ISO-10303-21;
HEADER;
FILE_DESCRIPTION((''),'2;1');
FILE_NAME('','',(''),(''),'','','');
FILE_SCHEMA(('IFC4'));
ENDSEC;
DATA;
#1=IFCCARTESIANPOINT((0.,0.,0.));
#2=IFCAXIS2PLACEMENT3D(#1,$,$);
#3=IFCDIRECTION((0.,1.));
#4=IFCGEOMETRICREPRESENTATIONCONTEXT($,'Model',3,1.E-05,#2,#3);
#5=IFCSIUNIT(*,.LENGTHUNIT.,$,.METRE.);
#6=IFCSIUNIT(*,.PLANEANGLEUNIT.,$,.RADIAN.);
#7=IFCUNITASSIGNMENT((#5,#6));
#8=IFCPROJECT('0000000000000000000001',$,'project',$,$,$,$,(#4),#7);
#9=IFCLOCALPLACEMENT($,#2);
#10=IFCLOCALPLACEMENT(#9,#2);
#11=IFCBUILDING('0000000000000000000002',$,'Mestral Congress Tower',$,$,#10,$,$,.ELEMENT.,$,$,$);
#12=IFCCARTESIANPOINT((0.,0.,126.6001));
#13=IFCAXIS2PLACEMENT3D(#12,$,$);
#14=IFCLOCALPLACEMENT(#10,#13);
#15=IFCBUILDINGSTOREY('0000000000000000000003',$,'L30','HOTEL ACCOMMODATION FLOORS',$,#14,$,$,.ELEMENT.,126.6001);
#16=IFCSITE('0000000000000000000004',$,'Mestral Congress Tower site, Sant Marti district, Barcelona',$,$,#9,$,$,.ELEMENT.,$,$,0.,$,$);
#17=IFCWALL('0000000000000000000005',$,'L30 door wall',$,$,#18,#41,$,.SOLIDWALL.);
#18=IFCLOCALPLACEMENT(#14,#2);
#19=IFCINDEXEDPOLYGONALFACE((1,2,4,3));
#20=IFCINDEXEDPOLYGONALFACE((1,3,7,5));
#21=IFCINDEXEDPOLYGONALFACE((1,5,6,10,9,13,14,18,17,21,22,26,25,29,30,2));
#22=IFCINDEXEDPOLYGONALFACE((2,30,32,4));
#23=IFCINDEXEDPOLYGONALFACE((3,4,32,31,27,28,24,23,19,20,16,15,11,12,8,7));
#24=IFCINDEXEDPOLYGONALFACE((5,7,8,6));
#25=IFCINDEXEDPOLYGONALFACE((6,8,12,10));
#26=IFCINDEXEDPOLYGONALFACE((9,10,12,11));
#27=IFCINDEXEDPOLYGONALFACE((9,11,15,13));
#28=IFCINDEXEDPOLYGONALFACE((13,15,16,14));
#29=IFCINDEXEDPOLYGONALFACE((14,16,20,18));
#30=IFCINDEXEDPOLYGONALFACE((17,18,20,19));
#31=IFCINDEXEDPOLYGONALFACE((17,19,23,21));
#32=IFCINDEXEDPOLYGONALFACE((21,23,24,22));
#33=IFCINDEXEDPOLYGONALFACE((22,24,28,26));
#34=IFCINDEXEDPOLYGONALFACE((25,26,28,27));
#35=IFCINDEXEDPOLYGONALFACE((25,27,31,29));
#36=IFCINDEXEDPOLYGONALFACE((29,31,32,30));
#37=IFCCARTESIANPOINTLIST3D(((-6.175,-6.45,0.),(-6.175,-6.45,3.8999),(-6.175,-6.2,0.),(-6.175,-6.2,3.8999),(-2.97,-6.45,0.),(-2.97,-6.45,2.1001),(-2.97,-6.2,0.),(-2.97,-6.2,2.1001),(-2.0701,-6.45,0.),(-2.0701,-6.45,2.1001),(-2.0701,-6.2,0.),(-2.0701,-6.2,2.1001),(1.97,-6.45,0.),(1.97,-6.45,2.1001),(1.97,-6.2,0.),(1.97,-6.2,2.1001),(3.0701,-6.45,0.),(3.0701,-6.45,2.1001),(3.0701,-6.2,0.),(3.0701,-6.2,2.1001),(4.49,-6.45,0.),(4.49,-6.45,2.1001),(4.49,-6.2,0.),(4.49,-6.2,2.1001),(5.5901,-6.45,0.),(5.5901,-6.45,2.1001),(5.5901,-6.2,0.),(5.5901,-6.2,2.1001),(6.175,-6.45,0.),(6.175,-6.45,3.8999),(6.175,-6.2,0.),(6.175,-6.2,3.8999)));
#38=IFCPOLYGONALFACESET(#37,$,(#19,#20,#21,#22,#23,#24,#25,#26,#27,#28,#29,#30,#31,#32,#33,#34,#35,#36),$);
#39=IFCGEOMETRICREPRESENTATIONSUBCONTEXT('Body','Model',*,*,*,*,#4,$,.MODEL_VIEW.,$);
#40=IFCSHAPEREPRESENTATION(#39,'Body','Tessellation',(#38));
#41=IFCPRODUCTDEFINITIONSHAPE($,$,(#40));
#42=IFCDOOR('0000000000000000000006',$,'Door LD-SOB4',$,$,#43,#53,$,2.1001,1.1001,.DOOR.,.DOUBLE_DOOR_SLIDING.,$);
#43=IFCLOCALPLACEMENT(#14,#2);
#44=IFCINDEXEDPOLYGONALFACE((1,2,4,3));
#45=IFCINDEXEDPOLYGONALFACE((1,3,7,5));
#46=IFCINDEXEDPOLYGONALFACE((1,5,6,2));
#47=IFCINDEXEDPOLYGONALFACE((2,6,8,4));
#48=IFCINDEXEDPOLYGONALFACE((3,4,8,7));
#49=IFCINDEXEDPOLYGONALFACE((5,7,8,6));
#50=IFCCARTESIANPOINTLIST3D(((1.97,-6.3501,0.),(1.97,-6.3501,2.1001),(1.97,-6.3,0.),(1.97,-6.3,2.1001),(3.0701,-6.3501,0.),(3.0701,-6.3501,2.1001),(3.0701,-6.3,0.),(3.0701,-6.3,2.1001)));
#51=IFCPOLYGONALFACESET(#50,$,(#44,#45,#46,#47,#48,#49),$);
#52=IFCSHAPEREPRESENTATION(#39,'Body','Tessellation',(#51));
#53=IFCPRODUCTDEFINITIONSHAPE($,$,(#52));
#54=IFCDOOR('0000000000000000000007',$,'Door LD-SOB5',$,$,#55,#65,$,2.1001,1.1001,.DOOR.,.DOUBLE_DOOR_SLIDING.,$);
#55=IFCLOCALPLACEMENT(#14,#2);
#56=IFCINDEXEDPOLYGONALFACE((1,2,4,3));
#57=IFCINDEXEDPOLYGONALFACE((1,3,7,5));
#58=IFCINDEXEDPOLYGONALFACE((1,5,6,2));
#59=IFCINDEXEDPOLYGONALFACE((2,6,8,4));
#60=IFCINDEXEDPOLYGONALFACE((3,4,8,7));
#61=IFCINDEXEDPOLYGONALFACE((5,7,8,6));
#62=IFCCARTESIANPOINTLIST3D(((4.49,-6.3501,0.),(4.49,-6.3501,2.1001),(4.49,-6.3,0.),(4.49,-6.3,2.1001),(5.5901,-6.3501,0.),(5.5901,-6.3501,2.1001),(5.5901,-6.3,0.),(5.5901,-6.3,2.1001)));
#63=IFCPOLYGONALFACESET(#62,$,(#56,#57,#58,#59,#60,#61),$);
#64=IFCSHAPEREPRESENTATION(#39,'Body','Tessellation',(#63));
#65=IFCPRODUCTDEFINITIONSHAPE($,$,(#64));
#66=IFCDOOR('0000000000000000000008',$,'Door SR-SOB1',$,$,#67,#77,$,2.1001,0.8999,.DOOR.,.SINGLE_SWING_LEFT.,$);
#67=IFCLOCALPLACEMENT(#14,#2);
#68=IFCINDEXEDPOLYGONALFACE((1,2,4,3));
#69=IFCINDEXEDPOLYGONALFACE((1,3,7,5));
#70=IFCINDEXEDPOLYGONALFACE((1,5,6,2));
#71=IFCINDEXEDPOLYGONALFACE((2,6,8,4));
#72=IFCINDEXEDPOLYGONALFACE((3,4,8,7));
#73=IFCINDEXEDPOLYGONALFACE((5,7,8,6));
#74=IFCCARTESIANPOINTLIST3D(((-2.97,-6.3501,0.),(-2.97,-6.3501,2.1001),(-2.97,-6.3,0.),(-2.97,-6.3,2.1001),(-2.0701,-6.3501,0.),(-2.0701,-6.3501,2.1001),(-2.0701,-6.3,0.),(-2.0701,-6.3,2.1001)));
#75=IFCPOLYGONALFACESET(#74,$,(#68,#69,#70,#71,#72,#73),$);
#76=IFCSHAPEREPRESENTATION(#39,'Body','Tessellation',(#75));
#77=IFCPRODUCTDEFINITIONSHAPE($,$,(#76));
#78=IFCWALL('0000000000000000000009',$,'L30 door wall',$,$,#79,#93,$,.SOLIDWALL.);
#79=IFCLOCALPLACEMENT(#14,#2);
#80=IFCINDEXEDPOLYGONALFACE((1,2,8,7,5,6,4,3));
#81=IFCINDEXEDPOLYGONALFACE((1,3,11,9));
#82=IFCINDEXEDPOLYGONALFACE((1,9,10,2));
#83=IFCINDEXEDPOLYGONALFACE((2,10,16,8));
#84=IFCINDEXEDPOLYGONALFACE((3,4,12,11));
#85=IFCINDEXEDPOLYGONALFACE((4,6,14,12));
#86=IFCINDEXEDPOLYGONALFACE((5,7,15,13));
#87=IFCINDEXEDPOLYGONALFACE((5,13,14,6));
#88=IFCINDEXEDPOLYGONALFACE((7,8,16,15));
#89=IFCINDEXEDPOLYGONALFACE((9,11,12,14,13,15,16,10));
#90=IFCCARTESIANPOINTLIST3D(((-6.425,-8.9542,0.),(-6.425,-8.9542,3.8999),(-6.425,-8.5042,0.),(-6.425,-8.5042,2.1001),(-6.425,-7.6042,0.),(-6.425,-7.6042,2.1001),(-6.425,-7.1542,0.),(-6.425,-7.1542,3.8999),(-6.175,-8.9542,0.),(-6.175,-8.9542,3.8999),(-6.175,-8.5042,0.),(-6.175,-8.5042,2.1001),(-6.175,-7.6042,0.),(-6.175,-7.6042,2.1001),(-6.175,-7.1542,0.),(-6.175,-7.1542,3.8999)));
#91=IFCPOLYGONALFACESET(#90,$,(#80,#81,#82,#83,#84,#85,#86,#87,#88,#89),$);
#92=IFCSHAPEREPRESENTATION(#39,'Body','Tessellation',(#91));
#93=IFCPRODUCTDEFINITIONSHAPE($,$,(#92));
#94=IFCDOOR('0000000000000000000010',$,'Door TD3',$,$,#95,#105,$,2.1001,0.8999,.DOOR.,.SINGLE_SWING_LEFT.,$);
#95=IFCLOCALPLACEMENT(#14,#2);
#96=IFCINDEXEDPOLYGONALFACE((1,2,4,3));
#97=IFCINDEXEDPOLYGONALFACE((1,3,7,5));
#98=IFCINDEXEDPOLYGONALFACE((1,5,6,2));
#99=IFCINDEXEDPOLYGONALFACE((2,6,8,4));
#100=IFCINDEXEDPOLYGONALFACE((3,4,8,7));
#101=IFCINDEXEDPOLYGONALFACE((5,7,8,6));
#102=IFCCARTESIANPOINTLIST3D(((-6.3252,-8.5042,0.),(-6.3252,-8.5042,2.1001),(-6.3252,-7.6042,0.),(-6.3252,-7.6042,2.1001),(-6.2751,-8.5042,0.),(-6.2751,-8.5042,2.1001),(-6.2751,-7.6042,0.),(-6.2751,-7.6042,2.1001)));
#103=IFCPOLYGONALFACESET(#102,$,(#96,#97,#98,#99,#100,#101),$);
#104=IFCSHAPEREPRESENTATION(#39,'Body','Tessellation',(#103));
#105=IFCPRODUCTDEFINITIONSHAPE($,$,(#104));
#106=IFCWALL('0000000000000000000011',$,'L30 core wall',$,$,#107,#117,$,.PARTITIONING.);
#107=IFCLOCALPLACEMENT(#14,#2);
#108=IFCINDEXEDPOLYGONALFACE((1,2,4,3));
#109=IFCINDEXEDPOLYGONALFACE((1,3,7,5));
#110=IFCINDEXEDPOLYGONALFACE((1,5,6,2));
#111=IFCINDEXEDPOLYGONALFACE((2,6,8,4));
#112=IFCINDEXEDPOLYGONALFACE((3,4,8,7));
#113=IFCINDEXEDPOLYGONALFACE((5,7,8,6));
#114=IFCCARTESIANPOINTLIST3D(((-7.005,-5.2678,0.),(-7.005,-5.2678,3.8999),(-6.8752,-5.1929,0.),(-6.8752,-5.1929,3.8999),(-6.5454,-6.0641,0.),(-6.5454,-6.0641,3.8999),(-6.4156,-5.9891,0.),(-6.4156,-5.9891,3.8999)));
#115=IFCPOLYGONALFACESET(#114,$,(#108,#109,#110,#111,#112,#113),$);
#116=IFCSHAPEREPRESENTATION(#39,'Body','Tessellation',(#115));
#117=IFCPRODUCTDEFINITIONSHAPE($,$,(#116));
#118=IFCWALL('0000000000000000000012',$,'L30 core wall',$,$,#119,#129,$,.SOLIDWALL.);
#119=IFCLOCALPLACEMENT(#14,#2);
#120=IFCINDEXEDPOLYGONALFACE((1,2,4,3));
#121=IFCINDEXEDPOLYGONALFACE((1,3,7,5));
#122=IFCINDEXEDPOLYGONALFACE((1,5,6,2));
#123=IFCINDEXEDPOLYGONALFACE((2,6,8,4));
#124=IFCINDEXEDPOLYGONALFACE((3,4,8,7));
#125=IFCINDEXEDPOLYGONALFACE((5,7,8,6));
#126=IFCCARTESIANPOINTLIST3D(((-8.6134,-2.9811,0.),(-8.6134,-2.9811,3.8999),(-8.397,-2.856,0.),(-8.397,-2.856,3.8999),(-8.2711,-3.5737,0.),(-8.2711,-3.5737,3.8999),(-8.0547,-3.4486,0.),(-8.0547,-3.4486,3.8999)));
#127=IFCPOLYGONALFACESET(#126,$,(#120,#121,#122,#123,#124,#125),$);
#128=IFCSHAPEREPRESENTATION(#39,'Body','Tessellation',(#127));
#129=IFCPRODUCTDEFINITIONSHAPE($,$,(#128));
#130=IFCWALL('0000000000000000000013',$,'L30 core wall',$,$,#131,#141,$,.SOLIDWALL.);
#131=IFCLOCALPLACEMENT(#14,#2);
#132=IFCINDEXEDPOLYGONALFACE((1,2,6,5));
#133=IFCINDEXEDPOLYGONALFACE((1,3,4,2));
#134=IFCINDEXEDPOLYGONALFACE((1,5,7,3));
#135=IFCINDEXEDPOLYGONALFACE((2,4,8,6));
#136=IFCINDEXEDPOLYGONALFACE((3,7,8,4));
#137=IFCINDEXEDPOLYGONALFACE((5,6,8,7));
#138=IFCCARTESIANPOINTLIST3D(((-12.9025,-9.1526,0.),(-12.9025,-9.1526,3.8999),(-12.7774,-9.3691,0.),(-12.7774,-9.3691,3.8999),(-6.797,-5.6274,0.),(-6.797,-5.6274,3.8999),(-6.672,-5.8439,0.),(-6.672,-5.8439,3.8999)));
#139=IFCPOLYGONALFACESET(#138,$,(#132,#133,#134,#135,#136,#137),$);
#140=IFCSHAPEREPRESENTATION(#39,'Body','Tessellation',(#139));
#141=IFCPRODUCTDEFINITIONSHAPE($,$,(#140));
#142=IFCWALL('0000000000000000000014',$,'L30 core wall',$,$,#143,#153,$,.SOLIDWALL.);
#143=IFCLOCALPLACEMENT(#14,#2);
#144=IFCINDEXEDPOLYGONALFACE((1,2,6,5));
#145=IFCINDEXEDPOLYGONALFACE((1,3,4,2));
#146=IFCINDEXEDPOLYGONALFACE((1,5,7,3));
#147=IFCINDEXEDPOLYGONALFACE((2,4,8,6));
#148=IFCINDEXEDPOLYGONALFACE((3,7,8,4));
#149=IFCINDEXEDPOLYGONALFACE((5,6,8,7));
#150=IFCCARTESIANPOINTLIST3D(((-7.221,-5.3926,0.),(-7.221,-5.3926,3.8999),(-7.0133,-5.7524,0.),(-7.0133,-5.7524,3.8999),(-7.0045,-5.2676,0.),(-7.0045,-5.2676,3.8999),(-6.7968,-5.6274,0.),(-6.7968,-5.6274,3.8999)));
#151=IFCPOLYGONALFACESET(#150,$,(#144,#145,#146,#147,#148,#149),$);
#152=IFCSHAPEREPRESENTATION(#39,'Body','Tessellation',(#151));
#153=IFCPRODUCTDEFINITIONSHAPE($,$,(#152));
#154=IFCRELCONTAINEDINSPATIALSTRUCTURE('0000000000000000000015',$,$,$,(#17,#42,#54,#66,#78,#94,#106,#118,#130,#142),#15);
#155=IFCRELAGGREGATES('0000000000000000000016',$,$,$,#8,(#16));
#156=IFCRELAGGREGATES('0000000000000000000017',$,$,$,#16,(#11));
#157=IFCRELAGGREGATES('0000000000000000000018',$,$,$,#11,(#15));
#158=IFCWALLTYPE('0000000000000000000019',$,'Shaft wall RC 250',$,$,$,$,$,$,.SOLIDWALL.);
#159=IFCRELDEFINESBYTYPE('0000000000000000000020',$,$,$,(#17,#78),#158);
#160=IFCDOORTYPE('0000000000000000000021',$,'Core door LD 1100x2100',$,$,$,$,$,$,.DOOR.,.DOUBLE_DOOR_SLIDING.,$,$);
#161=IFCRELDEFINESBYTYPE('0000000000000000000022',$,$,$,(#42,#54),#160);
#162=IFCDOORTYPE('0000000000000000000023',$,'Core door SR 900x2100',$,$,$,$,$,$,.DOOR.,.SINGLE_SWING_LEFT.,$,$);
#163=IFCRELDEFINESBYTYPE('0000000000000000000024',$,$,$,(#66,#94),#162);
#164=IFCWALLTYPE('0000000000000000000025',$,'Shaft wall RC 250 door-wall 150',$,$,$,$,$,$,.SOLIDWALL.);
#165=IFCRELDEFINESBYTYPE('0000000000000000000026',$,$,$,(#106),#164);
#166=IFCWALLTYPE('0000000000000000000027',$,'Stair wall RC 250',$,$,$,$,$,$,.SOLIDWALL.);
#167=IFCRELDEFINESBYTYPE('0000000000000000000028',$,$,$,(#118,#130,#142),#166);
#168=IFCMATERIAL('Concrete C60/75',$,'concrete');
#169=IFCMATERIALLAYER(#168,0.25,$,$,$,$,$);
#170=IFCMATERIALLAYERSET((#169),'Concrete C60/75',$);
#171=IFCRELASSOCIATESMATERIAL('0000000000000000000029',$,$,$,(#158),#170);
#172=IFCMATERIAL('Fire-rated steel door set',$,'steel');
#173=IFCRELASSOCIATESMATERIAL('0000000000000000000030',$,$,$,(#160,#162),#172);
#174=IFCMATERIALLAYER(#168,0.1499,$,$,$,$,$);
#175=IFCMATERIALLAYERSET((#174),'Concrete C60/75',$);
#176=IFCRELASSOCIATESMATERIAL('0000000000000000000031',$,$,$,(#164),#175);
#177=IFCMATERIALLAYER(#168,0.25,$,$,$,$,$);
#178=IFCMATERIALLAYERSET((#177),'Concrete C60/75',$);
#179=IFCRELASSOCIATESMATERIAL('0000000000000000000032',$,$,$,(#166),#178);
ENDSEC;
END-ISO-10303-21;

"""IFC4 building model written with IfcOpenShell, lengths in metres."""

from ifc_helpers import new_model, si_unit, direction, frame, frame_2d, origin, place, context, subcontext, project, spatial, rectangle, extrude, material, layer, layer_set, type_object, element, fill, save


model = new_model("IFC4")

# Units and contexts
model_context = context("Model", 3, precision=1e-05, world=origin(), true_north=direction((0.0, 1.0)))
body_context = subcontext(model_context, "Body", "Model", "MODEL_VIEW")
ifc_project = project(units=[si_unit("LENGTHUNIT", "METRE"), si_unit("PLANEANGLEUNIT", "RADIAN")], contexts=[model_context])

# Site, building, storey
site_placement = place(None, origin())
site = spatial("IfcSite", under=ifc_project, at=site_placement, Name="Mestral Congress Tower site, Sant Marti district, Barcelona", CompositionType="ELEMENT", RefElevation=0.0)
building_placement = place(site_placement, origin())
building = spatial("IfcBuilding", under=site, at=building_placement, Name="Mestral Congress Tower", CompositionType="ELEMENT")
storey_placement = place(building_placement, frame((0.0, 0.0, 126.6001)))
storey = spatial("IfcBuildingStorey", under=building, at=storey_placement, Name="L30", Description="HOTEL ACCOMMODATION FLOORS", CompositionType="ELEMENT", Elevation=126.6001)

# Shared definitions
ifc_material_1 = material(Name="Fire-rated steel door set", Category="steel")

# Shared definitions
ifc_material_2 = material(Name="Concrete C60/75", Category="concrete")
ifc_layer_1 = layer(ifc_material_2, 0.25)
ifc_layer_set_1 = layer_set([ifc_layer_1], Name="Concrete C60/75")
wall_type_1 = type_object("IfcWallType", Name="Shaft wall RC 250", PredefinedType="SOLIDWALL", material=ifc_layer_set_1)

# Wall, openings, doors
wall_1_placement = place(storey_placement, frame((-6.175, -6.325, 0.0), z_axis=(0.0, 0.0, 1.0), x_axis=(1.0, 0.0, 0.0)))
wall_1 = element("IfcWall", 1, at=wall_1_placement, inside=storey, type_object=wall_type_1, Name="L30 door wall", PredefinedType="SOLIDWALL", context=body_context, shape_type="SweptSolid", body=[
    extrude(rectangle(XDim=12.3501, YDim=0.25, at=frame_2d((6.175, 0.0))), origin(), (0.0, 0.0, 1.0), 3.8999),
])
opening_1_placement = place(wall_1_placement, frame((3.2051, 0.0, 0.0)))
opening_1 = element("IfcOpeningElement", 2, at=opening_1_placement, cuts=wall_1, PredefinedType="OPENING", context=body_context, shape_type="SweptSolid", body=[
    extrude(rectangle(XDim=0.8999, YDim=2.1001, at=frame_2d((0.45, 1.05))), frame((0.0, 0.135, 0.0), z_axis=(0.0, -1.0, 0.0), x_axis=(1.0, 0.0, 0.0)), (0.0, 0.0, 1.0), 0.27),
])
opening_2_placement = place(wall_1_placement, frame((8.145, 0.0, 0.0)))
opening_2 = element("IfcOpeningElement", 3, at=opening_2_placement, cuts=wall_1, PredefinedType="OPENING", context=body_context, shape_type="SweptSolid", body=[
    extrude(rectangle(XDim=1.1001, YDim=2.1001, at=frame_2d((0.55, 1.05))), frame((0.0, 0.135, 0.0), z_axis=(0.0, -1.0, 0.0), x_axis=(1.0, 0.0, 0.0)), (0.0, 0.0, 1.0), 0.27),
])
opening_3_placement = place(wall_1_placement, frame((10.665, 0.0, 0.0)))
opening_3 = element("IfcOpeningElement", 4, at=opening_3_placement, cuts=wall_1, PredefinedType="OPENING", context=body_context, shape_type="SweptSolid", body=[
    extrude(rectangle(XDim=1.1001, YDim=2.1001, at=frame_2d((0.55, 1.05))), frame((0.0, 0.135, 0.0), z_axis=(0.0, -1.0, 0.0), x_axis=(1.0, 0.0, 0.0)), (0.0, 0.0, 1.0), 0.27),
])
door_type_1 = type_object("IfcDoorType", Name="Core door LD 1100x2100", OperationType="DOUBLE_DOOR_SLIDING", PredefinedType="DOOR", material=ifc_material_1)
door_1_placement = place(opening_2_placement, origin())
door_1 = element("IfcDoor", 5, at=door_1_placement, inside=storey, type_object=door_type_1, Name="Door LD-SOB4", OperationType="DOUBLE_DOOR_SLIDING", OverallHeight=2.1001, OverallWidth=1.1001, PredefinedType="DOOR", context=body_context, shape_type="SweptSolid", body=[
    extrude(rectangle(XDim=1.1001, YDim=2.1001, at=frame_2d((0.55, 1.05))), frame((0.0, 0.0249, 0.0), z_axis=(0.0, -1.0, 0.0), x_axis=(1.0, 0.0, 0.0)), (0.0, 0.0, 1.0), 0.05),
])
fill(opening_2, door_1)
door_2_placement = place(opening_3_placement, origin())
door_2 = element("IfcDoor", 6, at=door_2_placement, inside=storey, type_object=door_type_1, Name="Door LD-SOB5", OperationType="DOUBLE_DOOR_SLIDING", OverallHeight=2.1001, OverallWidth=1.1001, PredefinedType="DOOR", context=body_context, shape_type="SweptSolid", body=[
    extrude(rectangle(XDim=1.1001, YDim=2.1001, at=frame_2d((0.55, 1.05))), frame((0.0, 0.0249, 0.0), z_axis=(0.0, -1.0, 0.0), x_axis=(1.0, 0.0, 0.0)), (0.0, 0.0, 1.0), 0.05),
])
fill(opening_3, door_2)
door_type_2 = type_object("IfcDoorType", Name="Core door SR 900x2100", OperationType="SINGLE_SWING_LEFT", PredefinedType="DOOR", material=ifc_material_1)
door_3_placement = place(opening_1_placement, origin())
door_3 = element("IfcDoor", 7, at=door_3_placement, inside=storey, type_object=door_type_2, Name="Door SR-SOB1", OperationType="SINGLE_SWING_LEFT", OverallHeight=2.1001, OverallWidth=0.8999, PredefinedType="DOOR", context=body_context, shape_type="SweptSolid", body=[
    extrude(rectangle(XDim=0.8999, YDim=2.1001, at=frame_2d((0.45, 1.05))), frame((0.0, 0.0249, 0.0), z_axis=(0.0, -1.0, 0.0), x_axis=(1.0, 0.0, 0.0)), (0.0, 0.0, 1.0), 0.05),
])
fill(opening_1, door_3)

# Wall, opening, door
wall_2_placement = place(storey_placement, frame((-6.3, -7.1543, 0.0), z_axis=(0.0, 0.0, 1.0), x_axis=(0.0, -1.0, 0.0)))
wall_2 = element("IfcWall", 8, at=wall_2_placement, inside=storey, type_object=wall_type_1, Name="L30 door wall", PredefinedType="SOLIDWALL", context=body_context, shape_type="SweptSolid", body=[
    extrude(rectangle(XDim=1.8, YDim=0.25, at=frame_2d((0.8999, 0.0))), origin(), (0.0, 0.0, 1.0), 3.8999),
])
opening_4_placement = place(wall_2_placement, frame((0.45, 0.0, 0.0)))
opening_4 = element("IfcOpeningElement", 9, at=opening_4_placement, cuts=wall_2, PredefinedType="OPENING", context=body_context, shape_type="SweptSolid", body=[
    extrude(rectangle(XDim=0.8999, YDim=2.1001, at=frame_2d((0.45, 1.05))), frame((0.0, 0.135, 0.0), z_axis=(0.0, -1.0, 0.0), x_axis=(1.0, 0.0, 0.0)), (0.0, 0.0, 1.0), 0.27),
])
door_4_placement = place(opening_4_placement, origin())
door_4 = element("IfcDoor", 10, at=door_4_placement, inside=storey, type_object=door_type_2, Name="Door TD3", OperationType="SINGLE_SWING_LEFT", OverallHeight=2.1001, OverallWidth=0.8999, PredefinedType="DOOR", context=body_context, shape_type="SweptSolid", body=[
    extrude(rectangle(XDim=0.8999, YDim=2.1001, at=frame_2d((0.45, 1.05))), frame((0.0, 0.0249, 0.0), z_axis=(0.0, -1.0, 0.0), x_axis=(1.0, 0.0, 0.0)), (0.0, 0.0, 1.0), 0.05),
])
fill(opening_4, door_4)

# Walls
ifc_layer_2 = layer(ifc_material_2, 0.1499)
ifc_layer_set_2 = layer_set([ifc_layer_2], Name="Concrete C60/75")
wall_type_2 = type_object("IfcWallType", Name="Shaft wall RC 250 door-wall 150", PredefinedType="SOLIDWALL", material=ifc_layer_set_2)
wall_3_placement = place(storey_placement, frame((-6.4805, -6.0266, 0.0), z_axis=(0.0, 0.0, 1.0), x_axis=(-0.499937, 0.866062, 0.0)))
element("IfcWall", 11, at=wall_3_placement, inside=storey, type_object=wall_type_2, Name="L30 core wall", PredefinedType="PARTITIONING", context=body_context, shape_type="SweptSolid", body=[
    extrude(rectangle(XDim=0.9194, YDim=0.1499, at=frame_2d((0.4597, 0.0))), origin(), (0.0, 0.0, 1.0), 3.8999),
])
ifc_layer_3 = layer(ifc_material_2, 0.25)
ifc_layer_set_3 = layer_set([ifc_layer_3], Name="Concrete C60/75")
wall_type_3 = type_object("IfcWallType", Name="Stair wall RC 250", PredefinedType="SOLIDWALL", material=ifc_layer_set_3)
wall_4_placement = place(storey_placement, frame((-8.1628, -3.5112, 0.0), z_axis=(0.0, 0.0, 1.0), x_axis=(-0.500206, 0.865906, 0.0)))
element("IfcWall", 12, at=wall_4_placement, inside=storey, type_object=wall_type_3, Name="L30 core wall", PredefinedType="SOLIDWALL", context=body_context, shape_type="SweptSolid", body=[
    extrude(rectangle(XDim=0.6843, YDim=0.25, at=frame_2d((0.3423, 0.0))), origin(), (0.0, 0.0, 1.0), 3.8999),
])
wall_5_placement = place(storey_placement, frame((-12.8398, -9.2607, 0.0), z_axis=(0.0, 0.0, 1.0), x_axis=(0.866016, 0.500016, 0.0)))
element("IfcWall", 13, at=wall_5_placement, inside=storey, type_object=wall_type_3, Name="L30 core wall", PredefinedType="SOLIDWALL", context=body_context, shape_type="SweptSolid", body=[
    extrude(rectangle(XDim=7.05, YDim=0.25, at=frame_2d((3.5249, 0.0))), origin(), (0.0, 0.0, 1.0), 3.8999),
])
wall_6_placement = place(storey_placement, frame((-6.905, -5.6899, 0.0), z_axis=(0.0, 0.0, 1.0), x_axis=(-0.499994, 0.866029, 0.0)))
element("IfcWall", 14, at=wall_6_placement, inside=storey, type_object=wall_type_3, Name="L30 core wall", PredefinedType="SOLIDWALL", context=body_context, shape_type="SweptSolid", body=[
    extrude(rectangle(XDim=0.4155, YDim=0.25, at=frame_2d((0.2078, 0.0))), origin(), (0.0, 0.0, 1.0), 3.8999),
])

save(model, "model.ifc")
